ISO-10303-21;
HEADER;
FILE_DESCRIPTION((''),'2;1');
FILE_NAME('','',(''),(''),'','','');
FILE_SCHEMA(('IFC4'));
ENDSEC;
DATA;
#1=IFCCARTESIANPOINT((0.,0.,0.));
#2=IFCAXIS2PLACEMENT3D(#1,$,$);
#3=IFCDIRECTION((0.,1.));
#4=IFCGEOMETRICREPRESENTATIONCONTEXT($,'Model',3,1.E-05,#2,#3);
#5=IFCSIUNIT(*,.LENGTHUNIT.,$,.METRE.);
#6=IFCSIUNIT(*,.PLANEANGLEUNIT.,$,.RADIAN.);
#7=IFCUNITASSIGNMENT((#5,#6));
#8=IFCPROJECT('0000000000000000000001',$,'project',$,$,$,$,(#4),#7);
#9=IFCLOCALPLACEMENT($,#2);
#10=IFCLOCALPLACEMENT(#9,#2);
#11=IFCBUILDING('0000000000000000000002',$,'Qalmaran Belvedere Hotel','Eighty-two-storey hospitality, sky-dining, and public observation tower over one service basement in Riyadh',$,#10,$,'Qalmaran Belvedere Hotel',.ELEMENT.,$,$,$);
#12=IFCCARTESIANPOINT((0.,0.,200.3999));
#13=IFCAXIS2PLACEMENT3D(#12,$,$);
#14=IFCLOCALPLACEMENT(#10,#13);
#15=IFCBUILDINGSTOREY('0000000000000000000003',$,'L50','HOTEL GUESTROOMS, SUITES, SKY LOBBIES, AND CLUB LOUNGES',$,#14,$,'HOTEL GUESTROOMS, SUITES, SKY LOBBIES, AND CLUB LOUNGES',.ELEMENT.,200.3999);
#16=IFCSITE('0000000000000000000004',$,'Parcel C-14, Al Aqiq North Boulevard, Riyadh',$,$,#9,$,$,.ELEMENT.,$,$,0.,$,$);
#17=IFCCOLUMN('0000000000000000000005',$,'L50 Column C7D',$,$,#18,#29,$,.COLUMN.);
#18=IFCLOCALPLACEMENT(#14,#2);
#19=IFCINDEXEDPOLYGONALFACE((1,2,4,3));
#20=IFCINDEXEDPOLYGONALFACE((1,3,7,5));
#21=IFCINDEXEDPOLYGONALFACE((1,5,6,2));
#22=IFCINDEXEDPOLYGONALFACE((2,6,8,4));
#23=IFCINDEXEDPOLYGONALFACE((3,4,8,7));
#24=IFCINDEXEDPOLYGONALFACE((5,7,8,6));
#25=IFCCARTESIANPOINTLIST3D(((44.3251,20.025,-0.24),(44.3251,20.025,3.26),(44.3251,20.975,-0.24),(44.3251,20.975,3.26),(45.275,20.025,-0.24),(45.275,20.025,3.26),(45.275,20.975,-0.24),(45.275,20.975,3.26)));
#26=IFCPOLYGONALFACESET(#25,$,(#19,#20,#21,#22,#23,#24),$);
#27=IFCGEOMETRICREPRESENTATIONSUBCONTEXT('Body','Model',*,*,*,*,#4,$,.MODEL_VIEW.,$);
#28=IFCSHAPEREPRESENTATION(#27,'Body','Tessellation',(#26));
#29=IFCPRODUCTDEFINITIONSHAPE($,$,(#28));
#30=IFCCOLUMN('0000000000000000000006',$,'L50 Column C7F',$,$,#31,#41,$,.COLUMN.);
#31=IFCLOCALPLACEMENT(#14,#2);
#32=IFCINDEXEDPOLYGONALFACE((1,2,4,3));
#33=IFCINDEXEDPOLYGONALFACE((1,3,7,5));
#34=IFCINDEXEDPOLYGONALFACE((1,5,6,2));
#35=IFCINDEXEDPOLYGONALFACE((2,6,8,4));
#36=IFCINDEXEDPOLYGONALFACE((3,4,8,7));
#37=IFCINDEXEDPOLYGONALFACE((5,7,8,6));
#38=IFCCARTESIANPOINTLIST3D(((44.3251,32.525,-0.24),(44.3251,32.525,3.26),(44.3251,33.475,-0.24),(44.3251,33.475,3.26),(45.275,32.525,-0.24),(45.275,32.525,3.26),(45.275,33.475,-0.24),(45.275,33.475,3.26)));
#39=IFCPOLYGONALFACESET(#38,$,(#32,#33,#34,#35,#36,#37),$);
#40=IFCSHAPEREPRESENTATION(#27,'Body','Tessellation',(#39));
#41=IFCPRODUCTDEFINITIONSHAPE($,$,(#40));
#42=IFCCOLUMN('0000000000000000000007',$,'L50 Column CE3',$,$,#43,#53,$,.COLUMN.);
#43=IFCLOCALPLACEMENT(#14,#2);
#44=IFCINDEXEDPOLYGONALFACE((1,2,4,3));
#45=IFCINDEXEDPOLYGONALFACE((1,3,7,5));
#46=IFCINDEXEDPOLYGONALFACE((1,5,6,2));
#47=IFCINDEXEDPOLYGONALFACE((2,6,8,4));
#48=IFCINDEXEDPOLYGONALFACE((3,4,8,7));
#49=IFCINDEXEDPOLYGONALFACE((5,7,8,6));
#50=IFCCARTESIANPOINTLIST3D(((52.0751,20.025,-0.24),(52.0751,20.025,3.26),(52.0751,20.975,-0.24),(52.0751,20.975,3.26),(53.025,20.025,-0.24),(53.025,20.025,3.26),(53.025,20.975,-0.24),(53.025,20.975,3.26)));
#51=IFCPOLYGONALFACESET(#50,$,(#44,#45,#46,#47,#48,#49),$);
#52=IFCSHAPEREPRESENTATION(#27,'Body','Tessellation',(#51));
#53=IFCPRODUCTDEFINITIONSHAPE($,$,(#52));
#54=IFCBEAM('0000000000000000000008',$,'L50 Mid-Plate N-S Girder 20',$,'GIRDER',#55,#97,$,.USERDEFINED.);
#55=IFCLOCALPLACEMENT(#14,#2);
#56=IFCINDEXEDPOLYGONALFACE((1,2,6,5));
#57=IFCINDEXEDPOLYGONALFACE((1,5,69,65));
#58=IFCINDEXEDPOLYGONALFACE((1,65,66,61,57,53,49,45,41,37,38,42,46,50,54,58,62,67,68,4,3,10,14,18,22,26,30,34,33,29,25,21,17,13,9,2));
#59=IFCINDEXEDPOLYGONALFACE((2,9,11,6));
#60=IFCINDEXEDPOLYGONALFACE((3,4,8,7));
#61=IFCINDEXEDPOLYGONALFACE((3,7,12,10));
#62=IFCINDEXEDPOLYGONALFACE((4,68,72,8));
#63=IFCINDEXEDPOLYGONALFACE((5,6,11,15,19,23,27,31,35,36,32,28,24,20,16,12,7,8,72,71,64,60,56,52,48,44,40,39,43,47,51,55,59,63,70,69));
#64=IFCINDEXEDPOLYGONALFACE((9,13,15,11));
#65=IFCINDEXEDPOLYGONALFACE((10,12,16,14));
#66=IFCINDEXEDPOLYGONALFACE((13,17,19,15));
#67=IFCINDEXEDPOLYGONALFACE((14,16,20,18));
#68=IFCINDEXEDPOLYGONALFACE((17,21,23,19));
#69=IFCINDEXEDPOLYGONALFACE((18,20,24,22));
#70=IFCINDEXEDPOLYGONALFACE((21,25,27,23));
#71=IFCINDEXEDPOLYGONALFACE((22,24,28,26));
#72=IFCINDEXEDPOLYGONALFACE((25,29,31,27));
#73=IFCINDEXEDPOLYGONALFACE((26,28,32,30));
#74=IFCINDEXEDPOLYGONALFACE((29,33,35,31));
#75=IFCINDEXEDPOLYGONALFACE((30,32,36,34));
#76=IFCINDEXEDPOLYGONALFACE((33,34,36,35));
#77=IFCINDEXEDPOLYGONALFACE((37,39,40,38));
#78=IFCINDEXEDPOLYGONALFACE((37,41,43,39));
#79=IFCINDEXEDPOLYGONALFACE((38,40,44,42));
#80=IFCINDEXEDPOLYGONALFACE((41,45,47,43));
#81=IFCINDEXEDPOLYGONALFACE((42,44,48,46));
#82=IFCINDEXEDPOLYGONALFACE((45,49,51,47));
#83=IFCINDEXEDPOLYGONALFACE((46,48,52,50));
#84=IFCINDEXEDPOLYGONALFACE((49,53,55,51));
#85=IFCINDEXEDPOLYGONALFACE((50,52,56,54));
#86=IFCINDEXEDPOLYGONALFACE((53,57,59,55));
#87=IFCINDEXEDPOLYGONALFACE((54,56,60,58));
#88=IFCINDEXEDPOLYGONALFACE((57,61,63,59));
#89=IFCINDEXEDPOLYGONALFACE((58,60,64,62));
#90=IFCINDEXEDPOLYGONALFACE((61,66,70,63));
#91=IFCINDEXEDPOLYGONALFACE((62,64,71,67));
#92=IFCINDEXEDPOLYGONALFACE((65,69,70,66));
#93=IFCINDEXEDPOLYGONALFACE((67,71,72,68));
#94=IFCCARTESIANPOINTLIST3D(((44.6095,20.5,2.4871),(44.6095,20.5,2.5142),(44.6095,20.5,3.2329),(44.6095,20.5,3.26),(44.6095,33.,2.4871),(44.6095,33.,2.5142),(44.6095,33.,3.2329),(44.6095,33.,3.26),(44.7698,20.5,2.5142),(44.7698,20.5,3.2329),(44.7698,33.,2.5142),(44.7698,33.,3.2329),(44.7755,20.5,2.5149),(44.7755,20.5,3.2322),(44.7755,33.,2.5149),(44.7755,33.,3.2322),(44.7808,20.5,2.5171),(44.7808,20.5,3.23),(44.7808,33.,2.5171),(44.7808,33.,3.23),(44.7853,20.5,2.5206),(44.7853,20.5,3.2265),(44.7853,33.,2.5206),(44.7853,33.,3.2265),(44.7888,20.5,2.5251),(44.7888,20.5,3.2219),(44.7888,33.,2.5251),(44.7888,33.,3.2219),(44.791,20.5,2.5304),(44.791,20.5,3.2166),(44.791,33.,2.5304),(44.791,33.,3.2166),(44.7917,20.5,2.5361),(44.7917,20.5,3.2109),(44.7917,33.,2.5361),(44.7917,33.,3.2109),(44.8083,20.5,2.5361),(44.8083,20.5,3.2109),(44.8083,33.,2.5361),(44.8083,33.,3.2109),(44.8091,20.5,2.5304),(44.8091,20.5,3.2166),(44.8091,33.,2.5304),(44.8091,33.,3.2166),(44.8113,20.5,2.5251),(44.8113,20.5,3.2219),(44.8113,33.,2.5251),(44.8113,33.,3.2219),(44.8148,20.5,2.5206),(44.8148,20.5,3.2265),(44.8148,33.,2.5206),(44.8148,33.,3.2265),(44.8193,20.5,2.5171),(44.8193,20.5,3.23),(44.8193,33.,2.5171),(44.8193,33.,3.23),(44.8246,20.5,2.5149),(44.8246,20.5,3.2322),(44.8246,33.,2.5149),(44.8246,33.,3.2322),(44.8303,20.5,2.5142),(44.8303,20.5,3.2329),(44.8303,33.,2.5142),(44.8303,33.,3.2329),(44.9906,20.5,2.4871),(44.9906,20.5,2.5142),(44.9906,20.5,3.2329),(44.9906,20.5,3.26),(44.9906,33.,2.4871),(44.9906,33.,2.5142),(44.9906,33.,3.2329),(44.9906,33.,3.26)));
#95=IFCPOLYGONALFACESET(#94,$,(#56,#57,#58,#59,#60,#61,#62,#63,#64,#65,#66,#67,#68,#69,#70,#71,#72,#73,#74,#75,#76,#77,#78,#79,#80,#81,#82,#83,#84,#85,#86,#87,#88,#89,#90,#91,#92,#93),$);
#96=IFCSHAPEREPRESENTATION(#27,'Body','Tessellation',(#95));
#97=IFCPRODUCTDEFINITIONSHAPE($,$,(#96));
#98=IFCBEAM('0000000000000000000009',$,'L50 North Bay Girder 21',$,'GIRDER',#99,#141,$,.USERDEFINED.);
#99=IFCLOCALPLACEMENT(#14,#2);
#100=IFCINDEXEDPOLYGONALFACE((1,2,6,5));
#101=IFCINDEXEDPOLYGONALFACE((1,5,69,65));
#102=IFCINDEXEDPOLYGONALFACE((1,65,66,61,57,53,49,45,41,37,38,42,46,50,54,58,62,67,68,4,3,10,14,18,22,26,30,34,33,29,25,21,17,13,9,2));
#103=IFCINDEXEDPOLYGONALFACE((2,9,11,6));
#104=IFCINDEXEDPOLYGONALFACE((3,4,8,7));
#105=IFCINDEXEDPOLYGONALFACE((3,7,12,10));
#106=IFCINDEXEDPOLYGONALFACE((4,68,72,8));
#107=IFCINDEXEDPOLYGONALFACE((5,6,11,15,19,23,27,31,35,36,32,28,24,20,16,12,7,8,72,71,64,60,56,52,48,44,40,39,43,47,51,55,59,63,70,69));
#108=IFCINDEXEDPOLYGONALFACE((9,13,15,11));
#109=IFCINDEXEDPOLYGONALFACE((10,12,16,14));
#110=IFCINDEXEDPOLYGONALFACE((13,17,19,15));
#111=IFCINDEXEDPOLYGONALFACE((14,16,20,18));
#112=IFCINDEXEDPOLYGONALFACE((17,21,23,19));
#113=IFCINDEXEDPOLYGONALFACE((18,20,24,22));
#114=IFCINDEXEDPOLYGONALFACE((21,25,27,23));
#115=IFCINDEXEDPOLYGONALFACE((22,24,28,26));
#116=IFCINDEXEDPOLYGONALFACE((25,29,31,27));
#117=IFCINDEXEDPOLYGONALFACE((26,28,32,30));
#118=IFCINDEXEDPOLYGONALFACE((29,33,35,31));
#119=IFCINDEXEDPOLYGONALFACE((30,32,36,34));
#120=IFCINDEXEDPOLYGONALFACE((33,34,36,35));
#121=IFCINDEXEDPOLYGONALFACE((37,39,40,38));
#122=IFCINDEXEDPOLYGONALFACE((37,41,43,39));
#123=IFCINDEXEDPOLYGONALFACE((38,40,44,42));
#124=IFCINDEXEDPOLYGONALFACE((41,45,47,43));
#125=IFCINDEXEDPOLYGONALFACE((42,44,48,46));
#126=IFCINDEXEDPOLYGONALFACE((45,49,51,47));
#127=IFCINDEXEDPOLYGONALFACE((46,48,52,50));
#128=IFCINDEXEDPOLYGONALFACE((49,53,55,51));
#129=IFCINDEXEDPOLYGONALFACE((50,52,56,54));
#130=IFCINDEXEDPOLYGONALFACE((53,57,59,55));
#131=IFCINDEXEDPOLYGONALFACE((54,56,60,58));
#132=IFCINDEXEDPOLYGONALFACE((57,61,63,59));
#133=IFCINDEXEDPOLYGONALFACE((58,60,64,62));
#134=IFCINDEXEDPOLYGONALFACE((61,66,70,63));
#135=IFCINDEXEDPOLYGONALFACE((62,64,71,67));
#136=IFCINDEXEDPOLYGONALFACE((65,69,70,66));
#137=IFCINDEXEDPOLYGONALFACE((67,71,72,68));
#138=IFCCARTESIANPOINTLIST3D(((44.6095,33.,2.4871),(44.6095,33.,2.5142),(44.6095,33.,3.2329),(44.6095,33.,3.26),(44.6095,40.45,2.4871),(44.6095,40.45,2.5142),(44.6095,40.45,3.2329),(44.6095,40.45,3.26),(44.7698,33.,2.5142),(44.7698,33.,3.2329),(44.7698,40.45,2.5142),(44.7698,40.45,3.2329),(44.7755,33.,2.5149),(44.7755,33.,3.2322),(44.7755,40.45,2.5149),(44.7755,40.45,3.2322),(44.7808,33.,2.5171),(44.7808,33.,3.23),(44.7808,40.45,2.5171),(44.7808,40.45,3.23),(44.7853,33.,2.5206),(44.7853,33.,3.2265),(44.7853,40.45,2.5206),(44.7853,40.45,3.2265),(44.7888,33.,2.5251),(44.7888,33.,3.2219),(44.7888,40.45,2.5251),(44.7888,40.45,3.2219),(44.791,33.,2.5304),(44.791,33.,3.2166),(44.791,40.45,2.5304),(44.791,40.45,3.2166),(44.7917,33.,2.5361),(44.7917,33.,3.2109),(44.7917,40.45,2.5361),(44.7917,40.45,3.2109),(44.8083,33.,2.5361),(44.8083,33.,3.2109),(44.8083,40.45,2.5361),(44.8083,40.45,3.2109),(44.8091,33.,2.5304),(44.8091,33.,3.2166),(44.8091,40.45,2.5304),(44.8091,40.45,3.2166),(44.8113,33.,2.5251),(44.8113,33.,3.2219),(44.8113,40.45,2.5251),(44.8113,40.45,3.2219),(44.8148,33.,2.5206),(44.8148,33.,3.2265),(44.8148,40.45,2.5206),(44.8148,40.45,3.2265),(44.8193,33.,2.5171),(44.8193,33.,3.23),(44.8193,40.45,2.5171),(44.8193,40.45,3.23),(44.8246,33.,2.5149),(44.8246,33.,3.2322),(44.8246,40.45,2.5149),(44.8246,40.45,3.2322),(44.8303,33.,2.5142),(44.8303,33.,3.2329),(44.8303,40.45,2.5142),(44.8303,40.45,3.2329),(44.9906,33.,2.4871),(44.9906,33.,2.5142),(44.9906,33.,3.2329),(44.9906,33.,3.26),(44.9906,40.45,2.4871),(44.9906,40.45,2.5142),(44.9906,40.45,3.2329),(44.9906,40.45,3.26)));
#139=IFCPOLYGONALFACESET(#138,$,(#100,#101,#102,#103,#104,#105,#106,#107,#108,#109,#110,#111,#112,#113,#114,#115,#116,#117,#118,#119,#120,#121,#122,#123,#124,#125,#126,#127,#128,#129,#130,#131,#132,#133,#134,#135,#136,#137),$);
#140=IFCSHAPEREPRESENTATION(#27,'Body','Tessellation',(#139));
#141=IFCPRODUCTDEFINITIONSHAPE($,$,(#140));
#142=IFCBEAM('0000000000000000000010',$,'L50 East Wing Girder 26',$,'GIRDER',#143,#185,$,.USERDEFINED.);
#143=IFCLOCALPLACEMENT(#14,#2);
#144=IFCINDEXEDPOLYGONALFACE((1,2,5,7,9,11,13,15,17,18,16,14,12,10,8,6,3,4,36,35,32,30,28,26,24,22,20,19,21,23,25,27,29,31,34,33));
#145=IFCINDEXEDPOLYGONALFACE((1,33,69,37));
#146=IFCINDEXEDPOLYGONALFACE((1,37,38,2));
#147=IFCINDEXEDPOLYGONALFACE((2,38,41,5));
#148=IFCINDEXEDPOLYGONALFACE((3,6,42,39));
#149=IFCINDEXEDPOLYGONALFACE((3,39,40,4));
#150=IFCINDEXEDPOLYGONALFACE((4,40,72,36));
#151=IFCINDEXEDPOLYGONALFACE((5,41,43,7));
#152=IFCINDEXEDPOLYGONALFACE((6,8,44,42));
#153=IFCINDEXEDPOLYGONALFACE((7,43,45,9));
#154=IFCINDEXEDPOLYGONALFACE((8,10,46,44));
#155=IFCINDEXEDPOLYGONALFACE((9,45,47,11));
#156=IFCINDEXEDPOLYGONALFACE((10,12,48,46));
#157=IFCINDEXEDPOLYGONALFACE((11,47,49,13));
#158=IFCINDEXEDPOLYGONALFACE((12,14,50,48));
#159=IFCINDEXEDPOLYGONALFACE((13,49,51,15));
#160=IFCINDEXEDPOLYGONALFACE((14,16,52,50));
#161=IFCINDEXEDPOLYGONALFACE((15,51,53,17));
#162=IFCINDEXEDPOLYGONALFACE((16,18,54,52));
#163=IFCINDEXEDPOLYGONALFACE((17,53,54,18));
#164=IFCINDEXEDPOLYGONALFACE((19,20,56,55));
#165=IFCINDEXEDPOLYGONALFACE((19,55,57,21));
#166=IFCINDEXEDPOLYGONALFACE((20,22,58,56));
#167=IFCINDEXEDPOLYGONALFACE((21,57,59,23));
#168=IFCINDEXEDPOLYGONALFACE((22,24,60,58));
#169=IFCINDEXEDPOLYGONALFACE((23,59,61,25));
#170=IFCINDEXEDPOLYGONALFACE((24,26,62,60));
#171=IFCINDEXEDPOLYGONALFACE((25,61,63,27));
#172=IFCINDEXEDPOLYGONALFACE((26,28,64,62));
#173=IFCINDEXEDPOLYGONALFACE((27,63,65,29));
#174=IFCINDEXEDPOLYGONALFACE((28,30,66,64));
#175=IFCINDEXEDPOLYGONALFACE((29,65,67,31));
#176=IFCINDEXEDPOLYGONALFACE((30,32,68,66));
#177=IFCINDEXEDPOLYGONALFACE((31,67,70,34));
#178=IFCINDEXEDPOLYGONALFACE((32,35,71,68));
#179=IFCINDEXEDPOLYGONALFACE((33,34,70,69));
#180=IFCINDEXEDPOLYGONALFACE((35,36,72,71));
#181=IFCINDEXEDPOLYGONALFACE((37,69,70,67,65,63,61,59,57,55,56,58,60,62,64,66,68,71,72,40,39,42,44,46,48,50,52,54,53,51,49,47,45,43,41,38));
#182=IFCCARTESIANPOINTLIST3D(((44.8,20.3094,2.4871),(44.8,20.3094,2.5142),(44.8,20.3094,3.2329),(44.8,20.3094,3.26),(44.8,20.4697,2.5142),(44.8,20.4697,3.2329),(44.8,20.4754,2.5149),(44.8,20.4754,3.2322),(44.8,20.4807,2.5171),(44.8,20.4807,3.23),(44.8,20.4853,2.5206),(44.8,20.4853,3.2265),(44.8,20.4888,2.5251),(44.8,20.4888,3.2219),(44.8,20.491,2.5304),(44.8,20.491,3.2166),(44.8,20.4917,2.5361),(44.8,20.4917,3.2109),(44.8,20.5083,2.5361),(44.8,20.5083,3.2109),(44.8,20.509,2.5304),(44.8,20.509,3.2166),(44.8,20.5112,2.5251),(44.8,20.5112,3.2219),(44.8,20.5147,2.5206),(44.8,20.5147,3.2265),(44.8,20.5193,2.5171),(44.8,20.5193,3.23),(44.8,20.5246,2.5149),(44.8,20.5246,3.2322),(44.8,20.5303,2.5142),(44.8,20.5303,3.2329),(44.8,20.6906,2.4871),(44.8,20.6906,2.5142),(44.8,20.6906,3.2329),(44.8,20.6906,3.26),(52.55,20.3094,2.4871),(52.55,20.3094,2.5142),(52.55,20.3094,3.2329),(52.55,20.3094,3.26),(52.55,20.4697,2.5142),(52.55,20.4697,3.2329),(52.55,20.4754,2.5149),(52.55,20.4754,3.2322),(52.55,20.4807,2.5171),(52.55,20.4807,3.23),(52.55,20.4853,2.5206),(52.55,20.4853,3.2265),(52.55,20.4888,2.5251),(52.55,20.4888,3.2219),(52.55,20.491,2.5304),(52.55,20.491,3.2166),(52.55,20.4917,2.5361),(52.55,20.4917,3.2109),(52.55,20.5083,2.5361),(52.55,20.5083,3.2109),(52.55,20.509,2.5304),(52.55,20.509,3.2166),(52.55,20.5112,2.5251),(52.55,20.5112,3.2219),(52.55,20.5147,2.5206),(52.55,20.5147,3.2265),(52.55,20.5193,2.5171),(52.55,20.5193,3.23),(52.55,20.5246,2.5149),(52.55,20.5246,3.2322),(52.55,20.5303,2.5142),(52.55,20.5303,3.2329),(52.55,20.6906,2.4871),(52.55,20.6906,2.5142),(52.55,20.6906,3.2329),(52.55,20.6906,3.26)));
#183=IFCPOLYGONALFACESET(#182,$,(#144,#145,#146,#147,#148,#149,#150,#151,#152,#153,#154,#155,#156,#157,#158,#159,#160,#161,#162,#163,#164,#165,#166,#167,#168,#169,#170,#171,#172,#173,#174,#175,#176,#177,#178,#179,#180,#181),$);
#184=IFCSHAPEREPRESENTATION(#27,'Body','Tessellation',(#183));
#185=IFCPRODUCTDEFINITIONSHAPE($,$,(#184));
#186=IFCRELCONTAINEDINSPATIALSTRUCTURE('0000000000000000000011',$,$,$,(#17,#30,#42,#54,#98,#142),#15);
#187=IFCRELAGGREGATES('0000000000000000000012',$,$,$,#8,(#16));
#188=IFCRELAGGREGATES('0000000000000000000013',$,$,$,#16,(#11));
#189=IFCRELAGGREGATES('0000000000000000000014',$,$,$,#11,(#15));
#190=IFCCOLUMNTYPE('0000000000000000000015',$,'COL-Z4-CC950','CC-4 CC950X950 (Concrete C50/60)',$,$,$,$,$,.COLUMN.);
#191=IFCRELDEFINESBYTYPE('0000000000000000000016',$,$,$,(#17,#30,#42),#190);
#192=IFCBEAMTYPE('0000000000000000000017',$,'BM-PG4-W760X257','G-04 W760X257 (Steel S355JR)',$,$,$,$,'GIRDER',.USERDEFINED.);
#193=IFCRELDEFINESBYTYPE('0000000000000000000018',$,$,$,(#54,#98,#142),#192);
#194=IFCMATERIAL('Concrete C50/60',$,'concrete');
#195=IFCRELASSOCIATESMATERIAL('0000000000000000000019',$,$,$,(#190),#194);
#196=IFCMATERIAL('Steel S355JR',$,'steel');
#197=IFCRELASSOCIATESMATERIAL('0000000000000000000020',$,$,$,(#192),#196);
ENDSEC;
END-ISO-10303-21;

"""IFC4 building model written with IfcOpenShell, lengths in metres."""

from ifc_helpers import new_model, si_unit, direction, frame, origin, origin_2d, place, context, subcontext, project, spatial, rectangle, i_section, extrude, material, material_profile, profile_set, type_object, element, save


model = new_model("IFC4")

# Units and contexts
model_context = context("Model", 3, precision=1e-05, world=origin(), true_north=direction((0.0, 1.0)))
body_context = subcontext(model_context, "Body", "Model", "MODEL_VIEW")
ifc_project = project(units=[si_unit("LENGTHUNIT", "METRE"), si_unit("PLANEANGLEUNIT", "RADIAN")], contexts=[model_context])

# Site, building, storey
site_placement = place(None, origin())
site = spatial("IfcSite", under=ifc_project, at=site_placement, Name="Parcel C-14, Al Aqiq North Boulevard, Riyadh", CompositionType="ELEMENT", RefElevation=0.0)
building_placement = place(site_placement, origin())
building = spatial("IfcBuilding", under=site, at=building_placement, Name="Qalmaran Belvedere Hotel", Description="Eighty-two-storey hospitality, sky-dining, and public observation tower over one service basement in Riyadh", LongName="Qalmaran Belvedere Hotel", CompositionType="ELEMENT")
storey_placement = place(building_placement, frame((0.0, 0.0, 200.3999)))
storey = spatial("IfcBuildingStorey", under=building, at=storey_placement, Name="L50", Description="HOTEL GUESTROOMS, SUITES, SKY LOBBIES, AND CLUB LOUNGES", LongName="HOTEL GUESTROOMS, SUITES, SKY LOBBIES, AND CLUB LOUNGES", CompositionType="ELEMENT", Elevation=200.3999)

# Columns
ifc_material_1 = material(Name="Concrete C50/60", Category="concrete")
ifc_material_profile_1 = material_profile(ifc_material_1, rectangle(XDim=0.95, YDim=0.95, at=origin_2d()), Name="CC950X950")
ifc_profile_set_1 = profile_set([ifc_material_profile_1], Name="Concrete C50/60")
column_type = type_object("IfcColumnType", Name="COL-Z4-CC950", Description="CC-4 CC950X950 (Concrete C50/60)", PredefinedType="COLUMN", material=ifc_profile_set_1)
for number, where, z_axis, x_axis, name in (
    (1, (44.8, 20.5, -0.24), (0.0, 0.0, 1.0), (1.0, 0.0, 0.0), "L50 Column C7D"),
    (2, (44.8, 33.0, -0.24), (0.0, 0.0, 1.0), (1.0, 0.0, 0.0), "L50 Column C7F"),
    (3, (52.55, 20.5, -0.24), (0.0, 0.0, 1.0), (1.0, 0.0, 0.0), "L50 Column CE3"),
):
    element("IfcColumn", number, at=place(storey_placement, frame(where, z_axis=z_axis, x_axis=x_axis)), inside=storey, type_object=column_type, Name=name, PredefinedType="COLUMN", context=body_context, shape_type="SweptSolid", body=[
        extrude(rectangle(XDim=0.95, YDim=0.95, at=origin_2d()), origin(), (0.0, 0.0, 1.0), 3.5),
    ])

# Beams
ifc_material_2 = material(Name="Steel S355JR", Category="steel")
ifc_material_profile_2 = material_profile(ifc_material_2, i_section(OverallWidth=0.3811, OverallDepth=0.7729, WebThickness=0.0166, FlangeThickness=0.0271, FilletRadius=0.022, at=origin_2d()), Name="W760X257")
ifc_profile_set_2 = profile_set([ifc_material_profile_2], Name="Steel S355JR")
beam_type_1 = type_object("IfcBeamType", Name="BM-PG4-W760X257", Description="G-04 W760X257 (Steel S355JR)", ElementType="GIRDER", PredefinedType="USERDEFINED", material=ifc_profile_set_2)
beam_1_placement = place(storey_placement, frame((44.8, 20.5, 2.8735), z_axis=(0.0, 1.0, 0.0), x_axis=(-1.0, 0.0, 0.0)))
element("IfcBeam", 4, at=beam_1_placement, inside=storey, type_object=beam_type_1, Name="L50 Mid-Plate N-S Girder 20", ObjectType="GIRDER", PredefinedType="USERDEFINED", context=body_context, shape_type="SweptSolid", body=[
    extrude(i_section(OverallWidth=0.3811, OverallDepth=0.7729, WebThickness=0.0166, FlangeThickness=0.0271, FilletRadius=0.022, at=origin_2d()), origin(), (0.0, 0.0, 1.0), 12.5),
])
beam_2_placement = place(storey_placement, frame((44.8, 33.0, 2.8735), z_axis=(0.0, 1.0, 0.0), x_axis=(-1.0, 0.0, 0.0)))
element("IfcBeam", 5, at=beam_2_placement, inside=storey, type_object=beam_type_1, Name="L50 North Bay Girder 21", ObjectType="GIRDER", PredefinedType="USERDEFINED", context=body_context, shape_type="SweptSolid", body=[
    extrude(i_section(OverallWidth=0.3811, OverallDepth=0.7729, WebThickness=0.0166, FlangeThickness=0.0271, FilletRadius=0.022, at=origin_2d()), origin(), (0.0, 0.0, 1.0), 7.45),
])
beam_3_placement = place(storey_placement, frame((44.8, 20.5, 2.8735), z_axis=(1.0, 0.0, 0.0), x_axis=(0.0, 1.0, 0.0)))
element("IfcBeam", 6, at=beam_3_placement, inside=storey, type_object=beam_type_1, Name="L50 East Wing Girder 26", ObjectType="GIRDER", PredefinedType="USERDEFINED", context=body_context, shape_type="SweptSolid", body=[
    extrude(i_section(OverallWidth=0.3811, OverallDepth=0.7729, WebThickness=0.0166, FlangeThickness=0.0271, FilletRadius=0.022, at=origin_2d()), origin(), (0.0, 0.0, 1.0), 7.75),
])

save(model, "model.ifc")
